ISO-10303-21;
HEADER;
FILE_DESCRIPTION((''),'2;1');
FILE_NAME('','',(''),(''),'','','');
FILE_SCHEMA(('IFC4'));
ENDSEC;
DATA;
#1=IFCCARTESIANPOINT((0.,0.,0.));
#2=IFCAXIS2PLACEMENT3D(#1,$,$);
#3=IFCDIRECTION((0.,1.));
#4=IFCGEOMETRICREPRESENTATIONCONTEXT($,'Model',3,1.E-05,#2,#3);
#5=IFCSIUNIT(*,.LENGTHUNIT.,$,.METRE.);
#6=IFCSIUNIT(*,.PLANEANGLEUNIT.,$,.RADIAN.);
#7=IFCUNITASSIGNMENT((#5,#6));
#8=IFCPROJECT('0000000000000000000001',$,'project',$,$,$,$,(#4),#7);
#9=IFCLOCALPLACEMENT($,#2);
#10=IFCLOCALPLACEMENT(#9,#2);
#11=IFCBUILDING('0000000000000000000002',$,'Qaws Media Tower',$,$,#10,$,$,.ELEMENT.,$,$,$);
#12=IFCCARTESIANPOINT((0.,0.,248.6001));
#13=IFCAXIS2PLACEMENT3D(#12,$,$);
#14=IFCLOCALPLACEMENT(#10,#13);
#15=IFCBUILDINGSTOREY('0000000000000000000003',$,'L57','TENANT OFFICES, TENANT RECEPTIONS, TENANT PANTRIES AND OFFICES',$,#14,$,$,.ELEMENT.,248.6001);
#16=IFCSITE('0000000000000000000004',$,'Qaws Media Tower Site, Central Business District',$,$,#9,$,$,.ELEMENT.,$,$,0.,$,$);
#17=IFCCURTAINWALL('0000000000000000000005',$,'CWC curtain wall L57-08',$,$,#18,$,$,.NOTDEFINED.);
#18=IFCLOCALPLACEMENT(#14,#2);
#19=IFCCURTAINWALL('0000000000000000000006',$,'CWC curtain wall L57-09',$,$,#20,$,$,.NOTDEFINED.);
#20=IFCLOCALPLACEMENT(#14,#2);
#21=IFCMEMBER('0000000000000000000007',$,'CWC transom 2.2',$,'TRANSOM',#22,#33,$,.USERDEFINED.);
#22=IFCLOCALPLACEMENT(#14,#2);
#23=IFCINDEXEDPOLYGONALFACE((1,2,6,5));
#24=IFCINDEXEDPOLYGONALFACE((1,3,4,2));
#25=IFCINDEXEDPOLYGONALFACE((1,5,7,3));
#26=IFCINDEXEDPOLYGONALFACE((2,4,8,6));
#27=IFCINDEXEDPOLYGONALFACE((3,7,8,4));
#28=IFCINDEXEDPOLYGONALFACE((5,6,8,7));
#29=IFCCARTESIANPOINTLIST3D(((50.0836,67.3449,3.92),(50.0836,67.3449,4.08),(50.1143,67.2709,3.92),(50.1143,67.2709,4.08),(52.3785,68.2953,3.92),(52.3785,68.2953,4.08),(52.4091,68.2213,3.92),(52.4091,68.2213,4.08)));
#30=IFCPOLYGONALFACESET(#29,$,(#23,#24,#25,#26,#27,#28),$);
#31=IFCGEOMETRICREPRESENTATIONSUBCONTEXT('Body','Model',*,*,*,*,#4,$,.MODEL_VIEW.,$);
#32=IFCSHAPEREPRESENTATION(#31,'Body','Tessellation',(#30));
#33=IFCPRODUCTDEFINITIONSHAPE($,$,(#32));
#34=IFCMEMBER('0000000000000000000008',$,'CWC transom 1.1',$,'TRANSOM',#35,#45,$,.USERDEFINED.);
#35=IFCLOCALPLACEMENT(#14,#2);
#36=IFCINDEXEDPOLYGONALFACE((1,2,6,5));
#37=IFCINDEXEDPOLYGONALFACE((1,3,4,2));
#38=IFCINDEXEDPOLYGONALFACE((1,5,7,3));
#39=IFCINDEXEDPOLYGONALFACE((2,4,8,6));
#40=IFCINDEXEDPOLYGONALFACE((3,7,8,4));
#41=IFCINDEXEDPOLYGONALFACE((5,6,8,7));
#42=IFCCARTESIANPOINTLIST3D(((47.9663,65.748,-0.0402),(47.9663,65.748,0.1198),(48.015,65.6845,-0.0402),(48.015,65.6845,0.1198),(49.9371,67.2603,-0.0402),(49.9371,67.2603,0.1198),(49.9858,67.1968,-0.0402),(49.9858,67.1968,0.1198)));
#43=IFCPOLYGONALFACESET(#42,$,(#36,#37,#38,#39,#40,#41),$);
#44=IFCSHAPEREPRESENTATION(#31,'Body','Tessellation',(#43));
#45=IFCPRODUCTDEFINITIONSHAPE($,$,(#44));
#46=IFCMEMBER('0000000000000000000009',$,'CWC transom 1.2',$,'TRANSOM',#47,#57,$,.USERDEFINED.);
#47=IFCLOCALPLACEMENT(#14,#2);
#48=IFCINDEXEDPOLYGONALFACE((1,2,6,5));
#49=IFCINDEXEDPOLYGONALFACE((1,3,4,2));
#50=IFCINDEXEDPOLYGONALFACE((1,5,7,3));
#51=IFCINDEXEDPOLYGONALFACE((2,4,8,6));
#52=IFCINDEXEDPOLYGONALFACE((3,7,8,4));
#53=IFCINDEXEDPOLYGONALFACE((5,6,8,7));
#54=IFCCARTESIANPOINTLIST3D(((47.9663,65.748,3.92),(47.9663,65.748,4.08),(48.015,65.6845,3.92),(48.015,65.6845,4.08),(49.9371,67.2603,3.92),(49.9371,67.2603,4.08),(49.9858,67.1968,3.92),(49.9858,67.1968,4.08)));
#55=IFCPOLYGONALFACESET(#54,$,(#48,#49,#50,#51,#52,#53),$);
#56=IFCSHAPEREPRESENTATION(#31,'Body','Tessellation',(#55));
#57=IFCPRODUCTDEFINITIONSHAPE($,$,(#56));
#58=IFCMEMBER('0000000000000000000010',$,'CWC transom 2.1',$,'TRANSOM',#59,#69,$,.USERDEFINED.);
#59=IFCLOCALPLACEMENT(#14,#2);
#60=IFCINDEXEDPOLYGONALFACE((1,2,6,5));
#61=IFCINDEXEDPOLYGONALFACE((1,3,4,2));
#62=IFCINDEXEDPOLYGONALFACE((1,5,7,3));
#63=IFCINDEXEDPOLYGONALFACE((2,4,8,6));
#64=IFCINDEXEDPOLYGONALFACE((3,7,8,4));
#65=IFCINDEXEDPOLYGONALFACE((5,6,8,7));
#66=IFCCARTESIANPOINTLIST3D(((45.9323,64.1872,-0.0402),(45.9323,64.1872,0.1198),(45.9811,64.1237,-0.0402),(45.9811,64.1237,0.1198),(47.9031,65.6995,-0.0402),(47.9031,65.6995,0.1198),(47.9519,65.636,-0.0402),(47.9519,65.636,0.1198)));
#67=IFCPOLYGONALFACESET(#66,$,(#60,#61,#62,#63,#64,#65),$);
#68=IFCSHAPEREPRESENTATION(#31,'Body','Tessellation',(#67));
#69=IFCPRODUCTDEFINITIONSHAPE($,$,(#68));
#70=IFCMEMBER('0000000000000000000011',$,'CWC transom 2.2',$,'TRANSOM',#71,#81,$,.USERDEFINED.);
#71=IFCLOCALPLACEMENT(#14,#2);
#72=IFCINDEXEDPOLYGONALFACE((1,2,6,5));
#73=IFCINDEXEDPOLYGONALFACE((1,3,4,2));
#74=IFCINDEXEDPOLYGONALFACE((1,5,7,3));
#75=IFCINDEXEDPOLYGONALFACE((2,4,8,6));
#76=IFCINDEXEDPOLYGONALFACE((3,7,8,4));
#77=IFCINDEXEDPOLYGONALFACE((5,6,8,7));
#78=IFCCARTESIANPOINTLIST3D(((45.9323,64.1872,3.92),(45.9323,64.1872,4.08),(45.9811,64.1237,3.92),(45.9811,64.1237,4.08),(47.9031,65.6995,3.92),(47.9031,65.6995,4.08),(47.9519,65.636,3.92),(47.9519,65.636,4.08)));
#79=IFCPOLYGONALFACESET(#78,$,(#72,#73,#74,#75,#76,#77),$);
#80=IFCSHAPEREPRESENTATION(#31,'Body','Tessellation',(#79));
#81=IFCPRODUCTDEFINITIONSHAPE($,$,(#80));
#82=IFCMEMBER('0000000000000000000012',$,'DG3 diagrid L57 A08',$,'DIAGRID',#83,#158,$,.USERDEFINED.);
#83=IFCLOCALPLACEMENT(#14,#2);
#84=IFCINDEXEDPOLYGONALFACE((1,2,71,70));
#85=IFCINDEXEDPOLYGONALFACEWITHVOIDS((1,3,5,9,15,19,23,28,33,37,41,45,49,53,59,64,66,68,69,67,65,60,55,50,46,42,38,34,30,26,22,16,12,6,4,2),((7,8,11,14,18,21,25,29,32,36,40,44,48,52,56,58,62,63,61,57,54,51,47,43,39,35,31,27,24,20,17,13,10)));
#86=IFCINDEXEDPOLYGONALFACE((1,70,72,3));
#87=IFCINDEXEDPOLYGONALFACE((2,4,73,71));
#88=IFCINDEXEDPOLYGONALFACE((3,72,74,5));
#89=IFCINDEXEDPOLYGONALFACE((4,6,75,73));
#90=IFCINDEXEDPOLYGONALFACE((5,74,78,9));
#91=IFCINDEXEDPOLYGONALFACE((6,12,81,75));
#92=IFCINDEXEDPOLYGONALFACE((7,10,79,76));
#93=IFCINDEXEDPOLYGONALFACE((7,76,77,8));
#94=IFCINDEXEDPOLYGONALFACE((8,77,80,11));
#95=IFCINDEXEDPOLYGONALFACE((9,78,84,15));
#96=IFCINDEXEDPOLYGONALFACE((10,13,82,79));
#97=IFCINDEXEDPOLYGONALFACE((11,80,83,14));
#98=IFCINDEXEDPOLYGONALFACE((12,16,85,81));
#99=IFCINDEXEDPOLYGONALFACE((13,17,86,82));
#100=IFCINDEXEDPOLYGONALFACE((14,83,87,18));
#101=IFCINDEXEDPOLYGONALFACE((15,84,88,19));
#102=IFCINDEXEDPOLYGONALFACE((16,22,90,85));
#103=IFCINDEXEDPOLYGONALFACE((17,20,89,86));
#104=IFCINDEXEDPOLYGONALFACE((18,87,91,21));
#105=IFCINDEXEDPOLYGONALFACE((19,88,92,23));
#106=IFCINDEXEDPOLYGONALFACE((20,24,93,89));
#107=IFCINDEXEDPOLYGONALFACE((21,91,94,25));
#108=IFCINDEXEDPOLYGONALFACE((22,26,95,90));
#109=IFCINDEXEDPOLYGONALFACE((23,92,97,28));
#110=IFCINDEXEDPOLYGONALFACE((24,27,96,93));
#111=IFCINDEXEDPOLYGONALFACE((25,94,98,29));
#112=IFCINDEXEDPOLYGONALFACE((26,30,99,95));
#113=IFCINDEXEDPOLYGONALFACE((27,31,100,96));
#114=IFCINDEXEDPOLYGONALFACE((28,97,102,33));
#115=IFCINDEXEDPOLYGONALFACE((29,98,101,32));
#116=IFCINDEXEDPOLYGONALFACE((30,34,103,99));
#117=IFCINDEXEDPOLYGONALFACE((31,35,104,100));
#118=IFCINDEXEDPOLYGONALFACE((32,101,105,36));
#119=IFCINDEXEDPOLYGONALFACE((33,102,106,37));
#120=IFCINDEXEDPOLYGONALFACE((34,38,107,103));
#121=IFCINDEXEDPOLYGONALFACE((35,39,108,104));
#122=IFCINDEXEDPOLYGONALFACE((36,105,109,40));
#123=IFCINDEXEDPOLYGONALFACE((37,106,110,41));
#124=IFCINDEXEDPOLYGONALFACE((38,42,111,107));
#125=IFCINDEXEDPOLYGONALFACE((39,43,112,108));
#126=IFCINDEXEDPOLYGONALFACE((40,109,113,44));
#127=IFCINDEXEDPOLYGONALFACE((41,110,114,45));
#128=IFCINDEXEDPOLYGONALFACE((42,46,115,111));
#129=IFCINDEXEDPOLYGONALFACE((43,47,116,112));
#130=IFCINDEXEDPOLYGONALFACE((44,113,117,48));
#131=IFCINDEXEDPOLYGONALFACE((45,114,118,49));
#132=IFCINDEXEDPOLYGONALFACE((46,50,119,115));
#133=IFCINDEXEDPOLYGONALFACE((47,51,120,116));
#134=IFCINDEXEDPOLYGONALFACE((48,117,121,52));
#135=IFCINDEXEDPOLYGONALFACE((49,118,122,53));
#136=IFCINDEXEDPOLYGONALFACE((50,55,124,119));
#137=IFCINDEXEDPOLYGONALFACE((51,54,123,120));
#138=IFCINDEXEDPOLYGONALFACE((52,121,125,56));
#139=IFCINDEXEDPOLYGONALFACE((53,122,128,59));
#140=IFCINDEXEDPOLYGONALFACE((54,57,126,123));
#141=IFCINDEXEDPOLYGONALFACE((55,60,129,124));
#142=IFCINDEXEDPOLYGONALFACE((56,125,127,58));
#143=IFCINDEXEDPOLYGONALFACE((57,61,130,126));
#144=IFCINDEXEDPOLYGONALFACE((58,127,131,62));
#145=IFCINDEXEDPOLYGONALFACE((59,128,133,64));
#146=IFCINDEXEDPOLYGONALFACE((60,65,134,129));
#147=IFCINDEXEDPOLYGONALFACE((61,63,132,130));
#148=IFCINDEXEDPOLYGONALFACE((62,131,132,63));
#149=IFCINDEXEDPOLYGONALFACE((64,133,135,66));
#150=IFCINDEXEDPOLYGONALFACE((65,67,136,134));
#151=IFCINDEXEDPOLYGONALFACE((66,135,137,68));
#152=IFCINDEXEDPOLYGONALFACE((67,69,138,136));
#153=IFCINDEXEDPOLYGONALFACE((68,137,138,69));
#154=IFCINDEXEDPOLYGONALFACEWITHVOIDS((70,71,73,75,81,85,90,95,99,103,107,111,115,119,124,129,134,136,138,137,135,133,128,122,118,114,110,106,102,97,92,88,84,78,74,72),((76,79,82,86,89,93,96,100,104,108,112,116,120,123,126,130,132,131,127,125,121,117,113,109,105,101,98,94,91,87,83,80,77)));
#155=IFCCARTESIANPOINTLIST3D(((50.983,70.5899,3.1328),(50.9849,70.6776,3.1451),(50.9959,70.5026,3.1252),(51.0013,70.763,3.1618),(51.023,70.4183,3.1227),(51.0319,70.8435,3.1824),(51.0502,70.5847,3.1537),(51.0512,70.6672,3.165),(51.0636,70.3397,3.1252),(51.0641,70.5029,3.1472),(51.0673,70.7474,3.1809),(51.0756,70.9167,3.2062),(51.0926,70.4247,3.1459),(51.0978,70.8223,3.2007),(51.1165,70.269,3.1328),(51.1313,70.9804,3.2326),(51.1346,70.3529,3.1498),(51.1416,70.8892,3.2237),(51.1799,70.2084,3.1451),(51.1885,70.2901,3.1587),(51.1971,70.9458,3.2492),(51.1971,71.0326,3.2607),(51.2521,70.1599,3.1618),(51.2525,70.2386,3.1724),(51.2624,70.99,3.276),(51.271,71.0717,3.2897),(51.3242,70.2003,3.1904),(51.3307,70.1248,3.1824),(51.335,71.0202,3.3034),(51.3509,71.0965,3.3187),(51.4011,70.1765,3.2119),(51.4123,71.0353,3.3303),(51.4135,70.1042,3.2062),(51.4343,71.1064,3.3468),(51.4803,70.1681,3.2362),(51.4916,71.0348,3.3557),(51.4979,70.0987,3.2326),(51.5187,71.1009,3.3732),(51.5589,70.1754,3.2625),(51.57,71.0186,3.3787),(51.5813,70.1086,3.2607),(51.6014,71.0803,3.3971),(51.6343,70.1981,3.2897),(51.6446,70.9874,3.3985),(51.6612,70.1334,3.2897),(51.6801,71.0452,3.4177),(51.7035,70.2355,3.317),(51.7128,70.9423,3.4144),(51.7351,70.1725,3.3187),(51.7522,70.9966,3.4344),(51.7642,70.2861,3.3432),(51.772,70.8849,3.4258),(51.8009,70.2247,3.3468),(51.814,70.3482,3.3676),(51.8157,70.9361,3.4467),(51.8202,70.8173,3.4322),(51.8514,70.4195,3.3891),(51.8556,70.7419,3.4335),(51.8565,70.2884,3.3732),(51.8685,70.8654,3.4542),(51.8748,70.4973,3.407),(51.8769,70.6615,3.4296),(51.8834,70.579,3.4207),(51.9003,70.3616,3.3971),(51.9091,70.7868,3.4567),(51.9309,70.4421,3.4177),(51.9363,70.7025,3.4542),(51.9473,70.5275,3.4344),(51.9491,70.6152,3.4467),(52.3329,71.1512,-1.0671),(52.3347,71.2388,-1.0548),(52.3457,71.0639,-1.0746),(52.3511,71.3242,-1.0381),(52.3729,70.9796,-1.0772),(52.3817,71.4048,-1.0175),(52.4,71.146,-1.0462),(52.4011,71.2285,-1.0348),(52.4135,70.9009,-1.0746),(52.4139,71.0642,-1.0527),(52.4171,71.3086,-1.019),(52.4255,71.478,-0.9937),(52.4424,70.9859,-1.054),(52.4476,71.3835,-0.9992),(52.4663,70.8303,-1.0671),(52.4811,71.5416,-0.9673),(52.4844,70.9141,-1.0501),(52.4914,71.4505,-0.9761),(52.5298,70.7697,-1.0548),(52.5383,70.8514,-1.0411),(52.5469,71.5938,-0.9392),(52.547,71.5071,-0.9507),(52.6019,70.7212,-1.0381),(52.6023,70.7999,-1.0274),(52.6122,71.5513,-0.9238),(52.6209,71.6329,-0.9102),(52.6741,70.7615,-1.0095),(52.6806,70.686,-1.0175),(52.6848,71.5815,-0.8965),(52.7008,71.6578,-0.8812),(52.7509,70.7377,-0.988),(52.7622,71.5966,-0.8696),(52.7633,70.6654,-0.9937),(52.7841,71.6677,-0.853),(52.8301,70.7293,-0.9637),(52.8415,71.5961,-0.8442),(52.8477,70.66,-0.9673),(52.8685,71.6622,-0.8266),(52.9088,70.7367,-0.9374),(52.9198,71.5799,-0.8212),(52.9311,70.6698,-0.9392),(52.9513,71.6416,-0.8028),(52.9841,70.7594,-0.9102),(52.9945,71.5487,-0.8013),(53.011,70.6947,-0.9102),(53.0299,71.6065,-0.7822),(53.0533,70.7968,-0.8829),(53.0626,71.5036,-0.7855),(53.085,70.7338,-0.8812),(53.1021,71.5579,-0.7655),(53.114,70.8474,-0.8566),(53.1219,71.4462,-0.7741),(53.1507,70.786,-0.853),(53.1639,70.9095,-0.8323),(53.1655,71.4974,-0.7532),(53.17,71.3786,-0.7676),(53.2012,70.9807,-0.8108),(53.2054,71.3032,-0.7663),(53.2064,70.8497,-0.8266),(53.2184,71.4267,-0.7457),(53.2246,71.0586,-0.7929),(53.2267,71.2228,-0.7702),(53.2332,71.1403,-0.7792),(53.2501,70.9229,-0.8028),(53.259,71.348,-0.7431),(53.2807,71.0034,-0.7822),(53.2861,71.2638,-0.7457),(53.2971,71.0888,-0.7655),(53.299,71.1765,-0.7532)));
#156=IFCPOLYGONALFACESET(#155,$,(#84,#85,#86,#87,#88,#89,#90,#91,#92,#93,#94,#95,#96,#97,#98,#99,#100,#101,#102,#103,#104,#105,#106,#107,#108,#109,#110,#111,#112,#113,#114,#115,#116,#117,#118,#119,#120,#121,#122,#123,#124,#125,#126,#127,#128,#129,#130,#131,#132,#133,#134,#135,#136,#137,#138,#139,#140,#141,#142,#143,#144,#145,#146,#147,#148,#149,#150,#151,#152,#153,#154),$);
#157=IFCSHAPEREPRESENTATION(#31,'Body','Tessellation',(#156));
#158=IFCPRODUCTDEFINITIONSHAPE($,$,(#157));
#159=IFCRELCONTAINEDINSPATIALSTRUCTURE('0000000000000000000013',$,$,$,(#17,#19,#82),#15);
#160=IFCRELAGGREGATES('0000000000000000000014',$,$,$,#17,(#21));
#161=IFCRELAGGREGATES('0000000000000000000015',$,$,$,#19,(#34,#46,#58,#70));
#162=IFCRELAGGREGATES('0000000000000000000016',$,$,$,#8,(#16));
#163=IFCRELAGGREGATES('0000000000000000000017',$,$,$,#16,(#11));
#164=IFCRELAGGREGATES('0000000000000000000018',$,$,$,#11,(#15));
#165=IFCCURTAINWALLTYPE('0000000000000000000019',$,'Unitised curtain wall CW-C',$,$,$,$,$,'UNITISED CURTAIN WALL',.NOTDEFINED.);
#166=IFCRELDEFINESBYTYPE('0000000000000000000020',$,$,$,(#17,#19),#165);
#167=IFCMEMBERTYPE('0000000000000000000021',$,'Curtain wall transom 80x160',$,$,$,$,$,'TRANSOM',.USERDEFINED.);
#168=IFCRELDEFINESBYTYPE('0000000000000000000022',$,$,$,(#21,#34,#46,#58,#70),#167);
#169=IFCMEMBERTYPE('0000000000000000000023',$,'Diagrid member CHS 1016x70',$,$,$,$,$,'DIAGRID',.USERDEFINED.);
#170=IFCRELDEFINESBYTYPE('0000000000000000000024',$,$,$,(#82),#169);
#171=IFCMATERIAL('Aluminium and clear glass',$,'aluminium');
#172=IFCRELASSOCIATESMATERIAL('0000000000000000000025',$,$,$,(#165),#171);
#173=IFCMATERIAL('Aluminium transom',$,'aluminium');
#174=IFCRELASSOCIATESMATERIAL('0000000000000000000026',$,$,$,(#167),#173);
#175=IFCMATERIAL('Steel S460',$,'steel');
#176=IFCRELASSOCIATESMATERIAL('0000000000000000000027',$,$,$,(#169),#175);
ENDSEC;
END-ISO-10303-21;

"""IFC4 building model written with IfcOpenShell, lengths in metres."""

from ifc_helpers import new_model, si_unit, direction, frame, origin, origin_2d, place, context, subcontext, project, spatial, rectangle, hollow_circle, extrude, material, material_profile, profile_set, type_object, element, aggregate, save


model = new_model("IFC4")

# Units and contexts
model_context = context("Model", 3, precision=1e-05, world=origin(), true_north=direction((0.0, 1.0)))
body_context = subcontext(model_context, "Body", "Model", "MODEL_VIEW")
ifc_project = project(units=[si_unit("LENGTHUNIT", "METRE"), si_unit("PLANEANGLEUNIT", "RADIAN")], contexts=[model_context])

# Site, building, storey
site_placement = place(None, origin())
site = spatial("IfcSite", under=ifc_project, at=site_placement, Name="Qaws Media Tower Site, Central Business District", CompositionType="ELEMENT", RefElevation=0.0)
building_placement = place(site_placement, origin())
building = spatial("IfcBuilding", under=site, at=building_placement, Name="Qaws Media Tower", CompositionType="ELEMENT")
storey_placement = place(building_placement, frame((0.0, 0.0, 248.6001)))
storey = spatial("IfcBuildingStorey", under=building, at=storey_placement, Name="L57", Description="TENANT OFFICES, TENANT RECEPTIONS, TENANT PANTRIES AND OFFICES", CompositionType="ELEMENT", Elevation=248.6001)

# Curtain walls
ifc_material_1 = material(Name="Aluminium and clear glass", Category="aluminium")
curtain_wall_type = type_object("IfcCurtainWallType", Name="Unitised curtain wall CW-C", ElementType="UNITISED CURTAIN WALL", PredefinedType="NOTDEFINED", material=ifc_material_1)
curtain_wall_1_placement = place(storey_placement, origin())
curtain_wall_1 = element("IfcCurtainWall", 1, at=curtain_wall_1_placement, inside=storey, type_object=curtain_wall_type, Name="CWC curtain wall L57-08", PredefinedType="NOTDEFINED")
curtain_wall_2_placement = place(storey_placement, origin())
curtain_wall_2 = element("IfcCurtainWall", 2, at=curtain_wall_2_placement, inside=storey, type_object=curtain_wall_type, Name="CWC curtain wall L57-09", PredefinedType="NOTDEFINED")

# Members
ifc_material_2 = material(Name="Aluminium transom", Category="aluminium")
ifc_material_profile_1 = material_profile(ifc_material_2, rectangle(XDim=0.0801, YDim=0.1599, at=origin_2d()), Name="80x160")
ifc_profile_set_1 = profile_set([ifc_material_profile_1], Name="Aluminium transom")
member_type_1 = type_object("IfcMemberType", Name="Curtain wall transom 80x160", ElementType="TRANSOM", PredefinedType="USERDEFINED", material=ifc_profile_set_1)
member_1_placement = place(storey_placement, frame((52.3938, 68.2583, 4.0), z_axis=(-0.923901, -0.382632, 0.0), x_axis=(0.382632, -0.923901, 0.0)))
member_1 = element("IfcMember", 3, at=member_1_placement, type_object=member_type_1, Name="CWC transom 2.2", ObjectType="TRANSOM", PredefinedType="USERDEFINED", context=body_context, shape_type="SweptSolid", body=[
    extrude(rectangle(XDim=0.0801, YDim=0.1599, at=origin_2d()), origin(), (0.0, 0.0, 1.0), 2.4839),
])
member_2_placement = place(storey_placement, frame((49.9614, 67.2285, 0.0398), z_axis=(-0.793347, -0.60877, 0.0), x_axis=(0.60877, -0.793347, 0.0)))
member_2 = element("IfcMember", 4, at=member_2_placement, type_object=member_type_1, Name="CWC transom 1.1", ObjectType="TRANSOM", PredefinedType="USERDEFINED", context=body_context, shape_type="SweptSolid", body=[
    extrude(rectangle(XDim=0.0801, YDim=0.1599, at=origin_2d()), origin(), (0.0, 0.0, 1.0), 2.4841),
])
member_3_placement = place(storey_placement, frame((49.9614, 67.2285, 4.0), z_axis=(-0.793347, -0.60877, 0.0), x_axis=(0.60877, -0.793347, 0.0)))
member_3 = element("IfcMember", 5, at=member_3_placement, type_object=member_type_1, Name="CWC transom 1.2", ObjectType="TRANSOM", PredefinedType="USERDEFINED", context=body_context, shape_type="SweptSolid", body=[
    extrude(rectangle(XDim=0.0801, YDim=0.1599, at=origin_2d()), origin(), (0.0, 0.0, 1.0), 2.4841),
])
member_4_placement = place(storey_placement, frame((47.9275, 65.6677, 0.0398), z_axis=(-0.793347, -0.60877, 0.0), x_axis=(0.60877, -0.793347, 0.0)))
member_4 = element("IfcMember", 6, at=member_4_placement, type_object=member_type_1, Name="CWC transom 2.1", ObjectType="TRANSOM", PredefinedType="USERDEFINED", context=body_context, shape_type="SweptSolid", body=[
    extrude(rectangle(XDim=0.0801, YDim=0.1599, at=origin_2d()), origin(), (0.0, 0.0, 1.0), 2.4841),
])
member_5_placement = place(storey_placement, frame((47.9275, 65.6677, 4.0), z_axis=(-0.793347, -0.60877, 0.0), x_axis=(0.60877, -0.793347, 0.0)))
member_5 = element("IfcMember", 7, at=member_5_placement, type_object=member_type_1, Name="CWC transom 2.2", ObjectType="TRANSOM", PredefinedType="USERDEFINED", context=body_context, shape_type="SweptSolid", body=[
    extrude(rectangle(XDim=0.0801, YDim=0.1599, at=origin_2d()), origin(), (0.0, 0.0, 1.0), 2.4841),
])

# Member
ifc_material_3 = material(Name="Steel S460", Category="steel")
ifc_material_profile_2 = material_profile(ifc_material_3, hollow_circle(Radius=0.5081, WallThickness=0.0701, at=origin_2d()), Name="CHS 1016x70")
ifc_profile_set_2 = profile_set([ifc_material_profile_2], Name="Steel S460")
member_type_2 = type_object("IfcMemberType", Name="Diagrid member CHS 1016x70", ElementType="DIAGRID", PredefinedType="USERDEFINED", material=ifc_profile_set_2)
for number, where, z_axis, x_axis, name in (
    (8, (52.8159, 71.1638, -0.9102), (-0.303535, -0.126212, 0.944424), (0.383939, -0.923358, 0.0), "DG3 diagrid L57 A08"),
):
    element("IfcMember", number, at=place(storey_placement, frame(where, z_axis=z_axis, x_axis=x_axis)), inside=storey, type_object=member_type_2, Name=name, ObjectType="DIAGRID", PredefinedType="USERDEFINED", context=body_context, shape_type="SweptSolid", body=[
        extrude(hollow_circle(Radius=0.5081, WallThickness=0.0701, at=origin_2d()), origin(), (0.0, 0.0, 1.0), 4.447),
    ])

aggregate(curtain_wall_1, [member_1])
aggregate(curtain_wall_2, [member_2, member_3, member_4, member_5])

save(model, "model.ifc")
